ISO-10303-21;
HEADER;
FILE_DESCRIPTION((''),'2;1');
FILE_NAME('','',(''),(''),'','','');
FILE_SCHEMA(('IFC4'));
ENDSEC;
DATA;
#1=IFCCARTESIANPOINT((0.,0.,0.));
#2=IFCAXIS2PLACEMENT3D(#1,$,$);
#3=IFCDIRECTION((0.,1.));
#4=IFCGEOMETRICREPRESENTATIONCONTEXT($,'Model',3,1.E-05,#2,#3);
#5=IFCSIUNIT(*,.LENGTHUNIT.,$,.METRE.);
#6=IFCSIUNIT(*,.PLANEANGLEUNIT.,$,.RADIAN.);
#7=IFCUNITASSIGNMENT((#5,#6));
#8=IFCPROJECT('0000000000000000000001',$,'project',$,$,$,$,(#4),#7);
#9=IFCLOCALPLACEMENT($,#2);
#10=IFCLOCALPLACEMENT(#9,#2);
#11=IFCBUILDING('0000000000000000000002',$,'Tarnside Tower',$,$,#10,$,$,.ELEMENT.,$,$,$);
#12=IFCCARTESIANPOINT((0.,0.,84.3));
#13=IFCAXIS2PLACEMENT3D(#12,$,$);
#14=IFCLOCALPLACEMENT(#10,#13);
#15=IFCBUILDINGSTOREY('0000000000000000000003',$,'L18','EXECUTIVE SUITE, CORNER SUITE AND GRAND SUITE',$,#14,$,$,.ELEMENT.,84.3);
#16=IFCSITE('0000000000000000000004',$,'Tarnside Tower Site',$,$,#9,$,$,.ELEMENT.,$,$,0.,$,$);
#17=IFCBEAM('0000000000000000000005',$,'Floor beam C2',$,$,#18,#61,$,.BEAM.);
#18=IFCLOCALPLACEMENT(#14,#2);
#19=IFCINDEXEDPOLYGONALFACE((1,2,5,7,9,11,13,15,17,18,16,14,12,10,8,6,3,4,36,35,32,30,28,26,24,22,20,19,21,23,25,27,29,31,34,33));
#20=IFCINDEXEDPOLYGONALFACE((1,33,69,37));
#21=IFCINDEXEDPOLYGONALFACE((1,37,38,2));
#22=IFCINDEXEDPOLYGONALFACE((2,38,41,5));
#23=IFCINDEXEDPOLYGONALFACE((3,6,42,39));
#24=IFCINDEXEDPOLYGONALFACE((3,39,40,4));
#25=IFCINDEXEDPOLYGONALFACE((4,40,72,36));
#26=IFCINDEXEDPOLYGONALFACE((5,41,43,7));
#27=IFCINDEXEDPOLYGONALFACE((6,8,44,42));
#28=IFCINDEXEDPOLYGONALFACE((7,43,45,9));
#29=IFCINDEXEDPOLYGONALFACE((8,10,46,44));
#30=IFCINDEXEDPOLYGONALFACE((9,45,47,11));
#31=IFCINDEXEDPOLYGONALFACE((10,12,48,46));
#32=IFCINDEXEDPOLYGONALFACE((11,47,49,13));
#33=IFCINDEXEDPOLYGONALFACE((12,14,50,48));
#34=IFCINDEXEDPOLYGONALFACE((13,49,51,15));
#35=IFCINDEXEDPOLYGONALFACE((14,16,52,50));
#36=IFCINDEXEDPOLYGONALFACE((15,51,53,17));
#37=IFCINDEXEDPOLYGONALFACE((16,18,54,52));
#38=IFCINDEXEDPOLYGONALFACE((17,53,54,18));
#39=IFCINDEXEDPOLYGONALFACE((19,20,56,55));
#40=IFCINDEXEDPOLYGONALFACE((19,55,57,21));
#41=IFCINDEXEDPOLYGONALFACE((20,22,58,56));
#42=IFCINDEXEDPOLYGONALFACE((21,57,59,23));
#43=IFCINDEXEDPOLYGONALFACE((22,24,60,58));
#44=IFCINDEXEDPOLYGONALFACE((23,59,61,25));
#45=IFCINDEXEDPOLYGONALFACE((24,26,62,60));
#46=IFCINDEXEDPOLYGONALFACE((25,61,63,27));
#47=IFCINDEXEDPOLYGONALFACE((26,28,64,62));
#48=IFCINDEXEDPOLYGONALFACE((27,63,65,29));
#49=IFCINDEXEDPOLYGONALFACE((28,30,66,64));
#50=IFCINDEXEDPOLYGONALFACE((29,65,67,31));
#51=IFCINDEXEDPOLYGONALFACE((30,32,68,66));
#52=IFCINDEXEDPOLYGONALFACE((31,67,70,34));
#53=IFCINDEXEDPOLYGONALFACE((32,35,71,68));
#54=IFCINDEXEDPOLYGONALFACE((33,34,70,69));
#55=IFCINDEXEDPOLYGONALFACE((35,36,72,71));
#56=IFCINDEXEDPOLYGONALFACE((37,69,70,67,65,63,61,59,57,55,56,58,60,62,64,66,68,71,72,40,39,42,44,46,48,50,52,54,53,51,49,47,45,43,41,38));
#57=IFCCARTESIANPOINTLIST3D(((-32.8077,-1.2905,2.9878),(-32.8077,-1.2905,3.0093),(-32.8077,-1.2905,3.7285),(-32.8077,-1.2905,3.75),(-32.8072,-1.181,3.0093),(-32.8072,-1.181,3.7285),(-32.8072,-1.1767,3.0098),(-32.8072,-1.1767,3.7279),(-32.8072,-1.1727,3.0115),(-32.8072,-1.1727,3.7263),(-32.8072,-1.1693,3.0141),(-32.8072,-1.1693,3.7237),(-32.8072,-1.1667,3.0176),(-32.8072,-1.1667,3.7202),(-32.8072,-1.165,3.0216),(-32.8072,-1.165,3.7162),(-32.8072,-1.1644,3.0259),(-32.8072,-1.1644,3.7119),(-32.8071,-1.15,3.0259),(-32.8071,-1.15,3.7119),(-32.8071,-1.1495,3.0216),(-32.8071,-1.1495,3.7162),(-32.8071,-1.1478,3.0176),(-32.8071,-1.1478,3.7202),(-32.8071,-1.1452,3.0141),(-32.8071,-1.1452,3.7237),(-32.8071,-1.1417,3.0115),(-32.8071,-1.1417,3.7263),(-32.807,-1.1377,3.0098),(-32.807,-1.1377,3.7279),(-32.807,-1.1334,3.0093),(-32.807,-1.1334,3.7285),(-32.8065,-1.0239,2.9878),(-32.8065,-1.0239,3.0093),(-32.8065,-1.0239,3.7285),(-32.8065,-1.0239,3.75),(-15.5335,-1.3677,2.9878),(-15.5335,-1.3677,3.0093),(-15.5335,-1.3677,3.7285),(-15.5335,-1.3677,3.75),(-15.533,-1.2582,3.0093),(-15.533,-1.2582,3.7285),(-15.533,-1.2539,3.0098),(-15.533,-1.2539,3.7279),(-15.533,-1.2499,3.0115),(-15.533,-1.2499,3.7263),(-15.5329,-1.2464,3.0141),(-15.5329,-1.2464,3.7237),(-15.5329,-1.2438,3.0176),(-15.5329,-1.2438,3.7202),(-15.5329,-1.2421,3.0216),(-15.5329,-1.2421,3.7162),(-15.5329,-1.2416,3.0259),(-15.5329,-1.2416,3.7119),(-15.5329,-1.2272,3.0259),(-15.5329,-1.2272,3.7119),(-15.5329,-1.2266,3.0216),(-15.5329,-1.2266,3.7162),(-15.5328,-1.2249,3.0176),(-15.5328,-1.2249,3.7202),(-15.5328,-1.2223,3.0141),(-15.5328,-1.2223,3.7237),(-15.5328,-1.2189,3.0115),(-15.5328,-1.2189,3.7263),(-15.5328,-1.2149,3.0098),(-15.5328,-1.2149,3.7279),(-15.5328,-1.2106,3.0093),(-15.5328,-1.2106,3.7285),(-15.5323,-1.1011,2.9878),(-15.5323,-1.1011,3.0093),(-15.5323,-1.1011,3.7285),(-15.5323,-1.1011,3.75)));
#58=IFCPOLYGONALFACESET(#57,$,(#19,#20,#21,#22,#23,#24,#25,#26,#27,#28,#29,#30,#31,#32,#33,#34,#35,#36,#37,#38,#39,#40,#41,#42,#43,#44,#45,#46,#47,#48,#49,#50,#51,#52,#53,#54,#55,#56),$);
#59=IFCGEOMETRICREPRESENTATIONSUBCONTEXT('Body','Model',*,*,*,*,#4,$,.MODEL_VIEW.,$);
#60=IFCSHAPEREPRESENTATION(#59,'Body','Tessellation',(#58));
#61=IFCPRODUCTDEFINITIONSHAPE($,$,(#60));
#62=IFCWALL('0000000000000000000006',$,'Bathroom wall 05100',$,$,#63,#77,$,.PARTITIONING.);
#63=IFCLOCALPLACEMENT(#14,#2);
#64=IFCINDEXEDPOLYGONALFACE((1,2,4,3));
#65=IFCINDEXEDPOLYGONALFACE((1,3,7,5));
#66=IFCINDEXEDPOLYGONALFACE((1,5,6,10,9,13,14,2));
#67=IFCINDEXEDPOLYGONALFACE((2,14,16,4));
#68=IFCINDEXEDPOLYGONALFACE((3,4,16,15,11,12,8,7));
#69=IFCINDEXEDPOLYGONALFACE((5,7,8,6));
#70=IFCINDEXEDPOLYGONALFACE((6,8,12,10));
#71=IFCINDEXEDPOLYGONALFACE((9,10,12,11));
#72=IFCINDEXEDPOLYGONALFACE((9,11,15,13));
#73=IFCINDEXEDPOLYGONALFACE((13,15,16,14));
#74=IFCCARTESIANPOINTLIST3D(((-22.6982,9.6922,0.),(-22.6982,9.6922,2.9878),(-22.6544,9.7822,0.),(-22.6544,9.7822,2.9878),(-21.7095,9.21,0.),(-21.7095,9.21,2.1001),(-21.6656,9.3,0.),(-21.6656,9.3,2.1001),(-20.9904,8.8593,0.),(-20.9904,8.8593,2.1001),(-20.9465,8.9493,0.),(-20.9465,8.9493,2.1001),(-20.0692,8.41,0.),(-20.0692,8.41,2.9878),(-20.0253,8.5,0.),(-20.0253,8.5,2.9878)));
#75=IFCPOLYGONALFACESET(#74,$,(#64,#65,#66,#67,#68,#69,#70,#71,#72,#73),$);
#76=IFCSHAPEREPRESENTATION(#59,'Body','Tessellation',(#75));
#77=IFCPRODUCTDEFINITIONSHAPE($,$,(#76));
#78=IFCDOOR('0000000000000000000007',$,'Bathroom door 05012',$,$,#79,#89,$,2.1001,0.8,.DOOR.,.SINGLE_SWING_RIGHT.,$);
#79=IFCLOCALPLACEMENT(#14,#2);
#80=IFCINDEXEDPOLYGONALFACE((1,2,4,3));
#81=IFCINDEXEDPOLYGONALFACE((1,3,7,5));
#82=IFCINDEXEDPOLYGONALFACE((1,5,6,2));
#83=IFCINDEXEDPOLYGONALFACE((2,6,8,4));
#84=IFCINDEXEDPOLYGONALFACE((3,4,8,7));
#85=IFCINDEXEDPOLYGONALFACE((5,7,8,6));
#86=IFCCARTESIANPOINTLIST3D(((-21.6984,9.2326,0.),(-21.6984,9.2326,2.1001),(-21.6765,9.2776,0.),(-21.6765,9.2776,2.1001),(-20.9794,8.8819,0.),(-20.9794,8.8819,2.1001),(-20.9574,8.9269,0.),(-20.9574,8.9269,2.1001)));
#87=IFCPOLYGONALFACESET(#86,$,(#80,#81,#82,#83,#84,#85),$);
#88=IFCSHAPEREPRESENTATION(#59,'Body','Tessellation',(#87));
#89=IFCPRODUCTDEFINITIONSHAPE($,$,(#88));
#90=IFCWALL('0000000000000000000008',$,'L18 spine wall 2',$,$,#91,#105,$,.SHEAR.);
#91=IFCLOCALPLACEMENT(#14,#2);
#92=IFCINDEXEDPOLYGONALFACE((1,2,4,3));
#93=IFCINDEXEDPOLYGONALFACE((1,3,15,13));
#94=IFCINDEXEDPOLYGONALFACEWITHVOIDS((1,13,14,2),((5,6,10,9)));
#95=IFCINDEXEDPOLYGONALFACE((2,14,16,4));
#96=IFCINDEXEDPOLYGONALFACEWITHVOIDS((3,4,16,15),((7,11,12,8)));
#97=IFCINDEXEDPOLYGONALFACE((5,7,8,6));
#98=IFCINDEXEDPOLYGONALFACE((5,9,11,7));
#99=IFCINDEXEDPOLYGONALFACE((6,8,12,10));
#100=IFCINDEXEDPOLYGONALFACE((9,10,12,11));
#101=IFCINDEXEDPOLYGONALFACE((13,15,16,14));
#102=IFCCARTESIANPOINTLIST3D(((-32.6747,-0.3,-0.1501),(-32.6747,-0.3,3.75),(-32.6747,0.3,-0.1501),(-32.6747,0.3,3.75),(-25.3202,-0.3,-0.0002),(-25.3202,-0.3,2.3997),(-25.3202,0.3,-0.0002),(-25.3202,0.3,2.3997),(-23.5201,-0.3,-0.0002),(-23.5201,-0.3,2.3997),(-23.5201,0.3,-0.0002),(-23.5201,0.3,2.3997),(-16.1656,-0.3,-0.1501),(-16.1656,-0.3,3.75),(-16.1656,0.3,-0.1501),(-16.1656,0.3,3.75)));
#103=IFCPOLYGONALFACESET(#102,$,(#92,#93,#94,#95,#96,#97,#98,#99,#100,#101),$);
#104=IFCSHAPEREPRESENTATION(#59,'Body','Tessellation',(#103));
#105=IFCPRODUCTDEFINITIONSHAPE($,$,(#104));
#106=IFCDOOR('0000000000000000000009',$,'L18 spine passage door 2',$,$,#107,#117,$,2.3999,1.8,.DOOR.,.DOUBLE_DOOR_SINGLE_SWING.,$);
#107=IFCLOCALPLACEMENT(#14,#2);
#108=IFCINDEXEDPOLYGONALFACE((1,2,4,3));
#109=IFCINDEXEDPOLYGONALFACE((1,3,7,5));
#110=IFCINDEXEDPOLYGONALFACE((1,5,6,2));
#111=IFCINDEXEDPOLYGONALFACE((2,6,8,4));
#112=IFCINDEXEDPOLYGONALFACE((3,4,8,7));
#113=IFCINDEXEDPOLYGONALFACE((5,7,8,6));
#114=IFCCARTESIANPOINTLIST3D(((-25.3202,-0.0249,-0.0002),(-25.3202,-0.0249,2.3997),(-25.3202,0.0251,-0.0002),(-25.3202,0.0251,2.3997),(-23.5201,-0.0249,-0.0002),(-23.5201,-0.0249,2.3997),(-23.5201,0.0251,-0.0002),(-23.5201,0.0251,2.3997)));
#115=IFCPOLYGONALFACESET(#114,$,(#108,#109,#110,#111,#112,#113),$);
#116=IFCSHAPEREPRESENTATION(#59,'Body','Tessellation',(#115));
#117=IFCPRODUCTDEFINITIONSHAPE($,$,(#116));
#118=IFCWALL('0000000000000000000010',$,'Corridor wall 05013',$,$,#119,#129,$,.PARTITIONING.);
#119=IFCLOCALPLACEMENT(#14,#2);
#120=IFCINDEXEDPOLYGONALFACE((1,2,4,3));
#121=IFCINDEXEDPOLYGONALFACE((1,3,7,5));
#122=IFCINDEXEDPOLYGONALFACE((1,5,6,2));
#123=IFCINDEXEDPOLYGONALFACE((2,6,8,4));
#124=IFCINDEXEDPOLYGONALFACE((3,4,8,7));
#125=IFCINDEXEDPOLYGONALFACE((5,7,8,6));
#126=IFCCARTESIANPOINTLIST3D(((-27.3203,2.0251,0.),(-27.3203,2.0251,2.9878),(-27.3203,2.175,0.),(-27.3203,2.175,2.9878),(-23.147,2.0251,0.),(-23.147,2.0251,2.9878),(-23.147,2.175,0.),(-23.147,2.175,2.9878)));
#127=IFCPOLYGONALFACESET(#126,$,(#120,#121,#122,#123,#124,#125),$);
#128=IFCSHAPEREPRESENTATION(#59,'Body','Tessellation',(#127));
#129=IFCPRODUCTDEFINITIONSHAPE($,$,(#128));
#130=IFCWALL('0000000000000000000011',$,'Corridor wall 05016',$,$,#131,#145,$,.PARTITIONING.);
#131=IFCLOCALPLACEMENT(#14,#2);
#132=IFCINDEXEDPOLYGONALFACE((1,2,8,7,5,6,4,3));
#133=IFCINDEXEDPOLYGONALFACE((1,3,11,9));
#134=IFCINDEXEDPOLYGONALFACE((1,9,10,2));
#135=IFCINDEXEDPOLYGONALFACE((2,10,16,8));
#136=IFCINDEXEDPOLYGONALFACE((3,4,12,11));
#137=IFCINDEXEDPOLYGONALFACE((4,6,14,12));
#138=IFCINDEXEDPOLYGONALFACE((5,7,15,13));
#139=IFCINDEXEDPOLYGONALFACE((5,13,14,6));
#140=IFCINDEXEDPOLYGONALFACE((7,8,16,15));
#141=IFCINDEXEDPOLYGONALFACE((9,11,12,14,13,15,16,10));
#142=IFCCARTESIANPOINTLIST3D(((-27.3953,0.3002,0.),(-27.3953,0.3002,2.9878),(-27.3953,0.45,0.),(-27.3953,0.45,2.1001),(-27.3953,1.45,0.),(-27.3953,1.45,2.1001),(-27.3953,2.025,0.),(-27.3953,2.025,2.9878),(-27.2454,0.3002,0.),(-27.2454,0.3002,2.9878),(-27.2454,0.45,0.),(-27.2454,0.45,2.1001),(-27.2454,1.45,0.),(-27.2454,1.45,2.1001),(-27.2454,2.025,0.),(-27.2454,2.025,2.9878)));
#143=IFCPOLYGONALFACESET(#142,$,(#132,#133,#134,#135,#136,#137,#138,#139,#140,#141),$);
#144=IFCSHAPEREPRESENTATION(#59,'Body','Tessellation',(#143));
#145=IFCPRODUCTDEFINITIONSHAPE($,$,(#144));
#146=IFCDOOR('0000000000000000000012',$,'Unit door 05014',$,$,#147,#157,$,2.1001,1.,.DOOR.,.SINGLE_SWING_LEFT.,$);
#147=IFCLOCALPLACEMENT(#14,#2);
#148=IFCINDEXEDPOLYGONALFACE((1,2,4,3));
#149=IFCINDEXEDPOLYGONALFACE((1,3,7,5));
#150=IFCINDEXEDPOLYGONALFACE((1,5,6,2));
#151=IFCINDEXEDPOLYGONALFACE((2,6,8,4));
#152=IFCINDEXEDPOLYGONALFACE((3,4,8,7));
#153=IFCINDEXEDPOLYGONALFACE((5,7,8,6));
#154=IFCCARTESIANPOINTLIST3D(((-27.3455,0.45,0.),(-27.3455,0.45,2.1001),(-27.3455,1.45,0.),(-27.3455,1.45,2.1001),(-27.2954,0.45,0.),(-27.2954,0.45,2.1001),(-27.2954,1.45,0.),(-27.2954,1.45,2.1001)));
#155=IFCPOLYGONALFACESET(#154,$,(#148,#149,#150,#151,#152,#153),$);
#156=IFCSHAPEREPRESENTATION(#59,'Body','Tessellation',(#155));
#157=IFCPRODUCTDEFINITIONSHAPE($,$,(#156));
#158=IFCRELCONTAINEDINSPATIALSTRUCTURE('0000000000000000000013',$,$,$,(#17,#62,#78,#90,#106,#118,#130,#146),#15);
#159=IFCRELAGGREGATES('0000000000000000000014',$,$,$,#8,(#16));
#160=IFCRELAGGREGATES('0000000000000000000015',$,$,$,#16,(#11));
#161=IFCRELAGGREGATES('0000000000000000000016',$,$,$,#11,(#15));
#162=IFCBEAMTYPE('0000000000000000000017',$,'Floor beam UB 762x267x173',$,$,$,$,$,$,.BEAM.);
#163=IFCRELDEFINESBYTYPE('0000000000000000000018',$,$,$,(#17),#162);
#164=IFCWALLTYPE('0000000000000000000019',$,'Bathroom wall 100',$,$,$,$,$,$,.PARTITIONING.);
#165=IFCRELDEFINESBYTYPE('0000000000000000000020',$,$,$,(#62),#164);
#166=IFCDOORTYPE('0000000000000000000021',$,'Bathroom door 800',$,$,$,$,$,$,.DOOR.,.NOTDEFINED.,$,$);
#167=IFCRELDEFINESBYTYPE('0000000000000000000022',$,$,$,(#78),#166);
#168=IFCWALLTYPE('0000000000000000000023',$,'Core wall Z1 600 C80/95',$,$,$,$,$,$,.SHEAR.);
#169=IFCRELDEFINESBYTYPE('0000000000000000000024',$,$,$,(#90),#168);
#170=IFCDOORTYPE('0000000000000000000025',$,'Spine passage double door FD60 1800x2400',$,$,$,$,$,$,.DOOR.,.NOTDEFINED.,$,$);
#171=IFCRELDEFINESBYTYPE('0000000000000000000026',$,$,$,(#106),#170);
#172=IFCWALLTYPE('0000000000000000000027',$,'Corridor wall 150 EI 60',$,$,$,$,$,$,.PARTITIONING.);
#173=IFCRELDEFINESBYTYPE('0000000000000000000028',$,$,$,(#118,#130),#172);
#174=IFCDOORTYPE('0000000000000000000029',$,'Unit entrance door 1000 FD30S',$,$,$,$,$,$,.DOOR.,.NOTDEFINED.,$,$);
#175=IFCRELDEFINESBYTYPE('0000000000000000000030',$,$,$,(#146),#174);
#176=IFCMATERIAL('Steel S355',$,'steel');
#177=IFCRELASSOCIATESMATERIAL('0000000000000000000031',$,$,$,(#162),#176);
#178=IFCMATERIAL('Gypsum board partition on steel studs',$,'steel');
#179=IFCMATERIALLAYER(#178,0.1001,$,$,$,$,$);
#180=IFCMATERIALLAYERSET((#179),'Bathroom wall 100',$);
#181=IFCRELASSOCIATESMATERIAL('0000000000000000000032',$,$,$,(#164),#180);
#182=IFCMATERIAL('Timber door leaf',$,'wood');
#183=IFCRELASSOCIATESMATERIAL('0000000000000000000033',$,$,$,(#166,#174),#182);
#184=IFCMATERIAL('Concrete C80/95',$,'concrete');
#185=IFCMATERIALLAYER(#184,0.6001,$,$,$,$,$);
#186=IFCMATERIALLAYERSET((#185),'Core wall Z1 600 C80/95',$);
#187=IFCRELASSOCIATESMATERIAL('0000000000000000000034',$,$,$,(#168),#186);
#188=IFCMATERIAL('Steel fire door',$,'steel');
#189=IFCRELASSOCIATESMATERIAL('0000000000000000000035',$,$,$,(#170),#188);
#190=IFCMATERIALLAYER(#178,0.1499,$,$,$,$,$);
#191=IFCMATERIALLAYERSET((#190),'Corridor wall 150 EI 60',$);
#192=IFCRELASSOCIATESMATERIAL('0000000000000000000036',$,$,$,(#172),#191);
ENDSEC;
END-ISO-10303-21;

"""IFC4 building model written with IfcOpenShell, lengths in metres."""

from ifc_helpers import new_model, si_unit, direction, frame, frame_2d, origin, origin_2d, place, context, subcontext, project, spatial, rectangle, i_section, extrude, material, layer, layer_set, material_profile, profile_set, type_object, element, fill, save


model = new_model("IFC4")

# Units and contexts
model_context = context("Model", 3, precision=1e-05, world=origin(), true_north=direction((0.0, 1.0)))
body_context = subcontext(model_context, "Body", "Model", "MODEL_VIEW")
ifc_project = project(units=[si_unit("LENGTHUNIT", "METRE"), si_unit("PLANEANGLEUNIT", "RADIAN")], contexts=[model_context])

# Site, building, storey
site_placement = place(None, origin())
site = spatial("IfcSite", under=ifc_project, at=site_placement, Name="Tarnside Tower Site", CompositionType="ELEMENT", RefElevation=0.0)
building_placement = place(site_placement, origin())
building = spatial("IfcBuilding", under=site, at=building_placement, Name="Tarnside Tower", CompositionType="ELEMENT")
storey_placement = place(building_placement, frame((0.0, 0.0, 84.3)))
storey = spatial("IfcBuildingStorey", under=building, at=storey_placement, Name="L18", Description="EXECUTIVE SUITE, CORNER SUITE AND GRAND SUITE", CompositionType="ELEMENT", Elevation=84.3)

# Beam
ifc_material_1 = material(Name="Steel S355", Category="steel")
ifc_material_profile_1 = material_profile(ifc_material_1, i_section(OverallWidth=0.2666, OverallDepth=0.7622, WebThickness=0.0144, FlangeThickness=0.0215, FilletRadius=0.0166, at=origin_2d()), Name="UB 762x267x173")
ifc_profile_set_1 = profile_set([ifc_material_profile_1], Name="Steel S355")
beam_type_1 = type_object("IfcBeamType", Name="Floor beam UB 762x267x173", PredefinedType="BEAM", material=ifc_profile_set_1)
beam_1_placement = place(storey_placement, frame((-32.8071, -1.1572, 3.3689), z_axis=(0.99999, -0.004466, 0.0), x_axis=(0.004466, 0.99999, 0.0)))
element("IfcBeam", 1, at=beam_1_placement, inside=storey, type_object=beam_type_1, Name="Floor beam C2", PredefinedType="BEAM", context=body_context, shape_type="SweptSolid", body=[
    extrude(i_section(OverallWidth=0.2666, OverallDepth=0.7622, WebThickness=0.0144, FlangeThickness=0.0215, FilletRadius=0.0166, at=origin_2d()), origin(), (0.0, 0.0, 1.0), 17.2744),
])

# Walls, openings, doors
ifc_material_2 = material(Name="Gypsum board partition on steel studs", Category="steel")
ifc_layer_1 = layer(ifc_material_2, 0.1001)
ifc_layer_set_1 = layer_set([ifc_layer_1], Name="Bathroom wall 100")
wall_type_1 = type_object("IfcWallType", Name="Bathroom wall 100", PredefinedType="PARTITIONING", material=ifc_layer_set_1)
wall_1_placement = place(storey_placement, frame((-20.0474, 8.4551, 0.0), z_axis=(0.0, 0.0, 1.0), x_axis=(-0.898807, 0.438345, 0.0)))
wall_1 = element("IfcWall", 2, at=wall_1_placement, inside=storey, type_object=wall_type_1, Name="Bathroom wall 05100", PredefinedType="PARTITIONING", context=body_context, shape_type="SweptSolid", body=[
    extrude(rectangle(XDim=2.925, YDim=0.1001, at=frame_2d((1.4624, 0.0))), origin(), (0.0, 0.0, 1.0), 2.9878),
])
opening_1_placement = place(wall_1_placement, frame((1.0249, 0.0, 0.0)))
opening_1 = element("IfcOpeningElement", 3, at=opening_1_placement, cuts=wall_1, PredefinedType="OPENING", context=body_context, shape_type="SweptSolid", body=[
    extrude(rectangle(XDim=0.8, YDim=2.1001, at=frame_2d((0.3999, 1.05))), frame((0.0, 0.0601, 0.0), z_axis=(0.0, -1.0, 0.0), x_axis=(1.0, 0.0, 0.0)), (0.0, 0.0, 1.0), 0.1201),
])
ifc_material_3 = material(Name="Timber door leaf", Category="wood")
door_type_1 = type_object("IfcDoorType", Name="Bathroom door 800", OperationType="NOTDEFINED", PredefinedType="DOOR", material=ifc_material_3)
door_1_placement = place(opening_1_placement, origin())
door_1 = element("IfcDoor", 4, at=door_1_placement, inside=storey, type_object=door_type_1, Name="Bathroom door 05012", OperationType="SINGLE_SWING_RIGHT", OverallHeight=2.1001, OverallWidth=0.8, PredefinedType="DOOR", context=body_context, shape_type="SweptSolid", body=[
    extrude(rectangle(XDim=0.8, YDim=2.1001, at=frame_2d((0.3999, 1.05))), frame((0.0, 0.0249, 0.0), z_axis=(0.0, -1.0, 0.0), x_axis=(1.0, 0.0, 0.0)), (0.0, 0.0, 1.0), 0.05),
])
fill(opening_1, door_1)
ifc_material_4 = material(Name="Concrete C80/95", Category="concrete")
ifc_layer_2 = layer(ifc_material_4, 0.6001)
ifc_layer_set_2 = layer_set([ifc_layer_2], Name="Core wall Z1 600 C80/95")
wall_type_2 = type_object("IfcWallType", Name="Core wall Z1 600 C80/95", PredefinedType="SHEAR", material=ifc_layer_set_2)
wall_2_placement = place(storey_placement, frame((-16.1658, 0.0, -0.1501), z_axis=(0.0, 0.0, 1.0), x_axis=(-1.0, 0.0, 0.0)))
wall_2 = element("IfcWall", 5, at=wall_2_placement, inside=storey, type_object=wall_type_2, Name="L18 spine wall 2", PredefinedType="SHEAR", context=body_context, shape_type="SweptSolid", body=[
    extrude(rectangle(XDim=16.509, YDim=0.6001, at=frame_2d((8.2544, 0.0))), origin(), (0.0, 0.0, 1.0), 3.9001),
])
opening_2_placement = place(wall_2_placement, frame((7.3545, 0.0, 0.1499)))
opening_2 = element("IfcOpeningElement", 6, at=opening_2_placement, cuts=wall_2, PredefinedType="OPENING", context=body_context, shape_type="SweptSolid", body=[
    extrude(rectangle(XDim=1.8, YDim=2.3999, at=frame_2d((0.8999, 1.2))), frame((0.0, 0.3101, 0.0), z_axis=(0.0, -1.0, 0.0), x_axis=(1.0, 0.0, 0.0)), (0.0, 0.0, 1.0), 0.6201),
])
ifc_material_5 = material(Name="Steel fire door", Category="steel")
door_type_2 = type_object("IfcDoorType", Name="Spine passage double door FD60 1800x2400", OperationType="NOTDEFINED", PredefinedType="DOOR", material=ifc_material_5)
door_2_placement = place(opening_2_placement, origin())
door_2 = element("IfcDoor", 7, at=door_2_placement, inside=storey, type_object=door_type_2, Name="L18 spine passage door 2", OperationType="DOUBLE_DOOR_SINGLE_SWING", OverallHeight=2.3999, OverallWidth=1.8, PredefinedType="DOOR", context=body_context, shape_type="SweptSolid", body=[
    extrude(rectangle(XDim=1.8, YDim=2.3999, at=frame_2d((0.8999, 1.2))), frame((0.0, 0.0249, 0.0), z_axis=(0.0, -1.0, 0.0), x_axis=(1.0, 0.0, 0.0)), (0.0, 0.0, 1.0), 0.05),
])
fill(opening_2, door_2)

# Wall
ifc_layer_3 = layer(ifc_material_2, 0.1499)
ifc_layer_set_3 = layer_set([ifc_layer_3], Name="Corridor wall 150 EI 60")
wall_type_3 = type_object("IfcWallType", Name="Corridor wall 150 EI 60", PredefinedType="PARTITIONING", material=ifc_layer_set_3)
wall_3_placement = place(storey_placement, frame((-23.147, 2.1001, 0.0), z_axis=(0.0, 0.0, 1.0), x_axis=(-1.0, 0.0, 0.0)))
element("IfcWall", 8, at=wall_3_placement, inside=storey, type_object=wall_type_3, Name="Corridor wall 05013", PredefinedType="PARTITIONING", context=body_context, shape_type="SweptSolid", body=[
    extrude(rectangle(XDim=4.1733, YDim=0.1499, at=frame_2d((2.0867, 0.0))), origin(), (0.0, 0.0, 1.0), 2.9878),
])

# Wall, opening, door
wall_4_placement = place(storey_placement, frame((-27.3203, 2.0249, 0.0), z_axis=(0.0, 0.0, 1.0), x_axis=(0.0, -1.0, 0.0)))
wall_4 = element("IfcWall", 9, at=wall_4_placement, inside=storey, type_object=wall_type_3, Name="Corridor wall 05016", PredefinedType="PARTITIONING", context=body_context, shape_type="SweptSolid", body=[
    extrude(rectangle(XDim=1.7249, YDim=0.1499, at=frame_2d((0.8623, 0.0))), origin(), (0.0, 0.0, 1.0), 2.9878),
])
opening_3_placement = place(wall_4_placement, frame((0.575, 0.0, 0.0)))
opening_3 = element("IfcOpeningElement", 10, at=opening_3_placement, cuts=wall_4, PredefinedType="OPENING", context=body_context, shape_type="SweptSolid", body=[
    extrude(rectangle(XDim=1.0, YDim=2.1001, at=frame_2d((0.5, 1.05))), frame((0.0, 0.085, 0.0), z_axis=(0.0, -1.0, 0.0), x_axis=(1.0, 0.0, 0.0)), (0.0, 0.0, 1.0), 0.1699),
])
door_type_3 = type_object("IfcDoorType", Name="Unit entrance door 1000 FD30S", OperationType="NOTDEFINED", PredefinedType="DOOR", material=ifc_material_3)
door_3_placement = place(opening_3_placement, origin())
door_3 = element("IfcDoor", 11, at=door_3_placement, inside=storey, type_object=door_type_3, Name="Unit door 05014", OperationType="SINGLE_SWING_LEFT", OverallHeight=2.1001, OverallWidth=1.0, PredefinedType="DOOR", context=body_context, shape_type="SweptSolid", body=[
    extrude(rectangle(XDim=1.0, YDim=2.1001, at=frame_2d((0.5, 1.05))), frame((0.0, 0.0249, 0.0), z_axis=(0.0, -1.0, 0.0), x_axis=(1.0, 0.0, 0.0)), (0.0, 0.0, 1.0), 0.05),
])
fill(opening_3, door_3)

save(model, "model.ifc")
